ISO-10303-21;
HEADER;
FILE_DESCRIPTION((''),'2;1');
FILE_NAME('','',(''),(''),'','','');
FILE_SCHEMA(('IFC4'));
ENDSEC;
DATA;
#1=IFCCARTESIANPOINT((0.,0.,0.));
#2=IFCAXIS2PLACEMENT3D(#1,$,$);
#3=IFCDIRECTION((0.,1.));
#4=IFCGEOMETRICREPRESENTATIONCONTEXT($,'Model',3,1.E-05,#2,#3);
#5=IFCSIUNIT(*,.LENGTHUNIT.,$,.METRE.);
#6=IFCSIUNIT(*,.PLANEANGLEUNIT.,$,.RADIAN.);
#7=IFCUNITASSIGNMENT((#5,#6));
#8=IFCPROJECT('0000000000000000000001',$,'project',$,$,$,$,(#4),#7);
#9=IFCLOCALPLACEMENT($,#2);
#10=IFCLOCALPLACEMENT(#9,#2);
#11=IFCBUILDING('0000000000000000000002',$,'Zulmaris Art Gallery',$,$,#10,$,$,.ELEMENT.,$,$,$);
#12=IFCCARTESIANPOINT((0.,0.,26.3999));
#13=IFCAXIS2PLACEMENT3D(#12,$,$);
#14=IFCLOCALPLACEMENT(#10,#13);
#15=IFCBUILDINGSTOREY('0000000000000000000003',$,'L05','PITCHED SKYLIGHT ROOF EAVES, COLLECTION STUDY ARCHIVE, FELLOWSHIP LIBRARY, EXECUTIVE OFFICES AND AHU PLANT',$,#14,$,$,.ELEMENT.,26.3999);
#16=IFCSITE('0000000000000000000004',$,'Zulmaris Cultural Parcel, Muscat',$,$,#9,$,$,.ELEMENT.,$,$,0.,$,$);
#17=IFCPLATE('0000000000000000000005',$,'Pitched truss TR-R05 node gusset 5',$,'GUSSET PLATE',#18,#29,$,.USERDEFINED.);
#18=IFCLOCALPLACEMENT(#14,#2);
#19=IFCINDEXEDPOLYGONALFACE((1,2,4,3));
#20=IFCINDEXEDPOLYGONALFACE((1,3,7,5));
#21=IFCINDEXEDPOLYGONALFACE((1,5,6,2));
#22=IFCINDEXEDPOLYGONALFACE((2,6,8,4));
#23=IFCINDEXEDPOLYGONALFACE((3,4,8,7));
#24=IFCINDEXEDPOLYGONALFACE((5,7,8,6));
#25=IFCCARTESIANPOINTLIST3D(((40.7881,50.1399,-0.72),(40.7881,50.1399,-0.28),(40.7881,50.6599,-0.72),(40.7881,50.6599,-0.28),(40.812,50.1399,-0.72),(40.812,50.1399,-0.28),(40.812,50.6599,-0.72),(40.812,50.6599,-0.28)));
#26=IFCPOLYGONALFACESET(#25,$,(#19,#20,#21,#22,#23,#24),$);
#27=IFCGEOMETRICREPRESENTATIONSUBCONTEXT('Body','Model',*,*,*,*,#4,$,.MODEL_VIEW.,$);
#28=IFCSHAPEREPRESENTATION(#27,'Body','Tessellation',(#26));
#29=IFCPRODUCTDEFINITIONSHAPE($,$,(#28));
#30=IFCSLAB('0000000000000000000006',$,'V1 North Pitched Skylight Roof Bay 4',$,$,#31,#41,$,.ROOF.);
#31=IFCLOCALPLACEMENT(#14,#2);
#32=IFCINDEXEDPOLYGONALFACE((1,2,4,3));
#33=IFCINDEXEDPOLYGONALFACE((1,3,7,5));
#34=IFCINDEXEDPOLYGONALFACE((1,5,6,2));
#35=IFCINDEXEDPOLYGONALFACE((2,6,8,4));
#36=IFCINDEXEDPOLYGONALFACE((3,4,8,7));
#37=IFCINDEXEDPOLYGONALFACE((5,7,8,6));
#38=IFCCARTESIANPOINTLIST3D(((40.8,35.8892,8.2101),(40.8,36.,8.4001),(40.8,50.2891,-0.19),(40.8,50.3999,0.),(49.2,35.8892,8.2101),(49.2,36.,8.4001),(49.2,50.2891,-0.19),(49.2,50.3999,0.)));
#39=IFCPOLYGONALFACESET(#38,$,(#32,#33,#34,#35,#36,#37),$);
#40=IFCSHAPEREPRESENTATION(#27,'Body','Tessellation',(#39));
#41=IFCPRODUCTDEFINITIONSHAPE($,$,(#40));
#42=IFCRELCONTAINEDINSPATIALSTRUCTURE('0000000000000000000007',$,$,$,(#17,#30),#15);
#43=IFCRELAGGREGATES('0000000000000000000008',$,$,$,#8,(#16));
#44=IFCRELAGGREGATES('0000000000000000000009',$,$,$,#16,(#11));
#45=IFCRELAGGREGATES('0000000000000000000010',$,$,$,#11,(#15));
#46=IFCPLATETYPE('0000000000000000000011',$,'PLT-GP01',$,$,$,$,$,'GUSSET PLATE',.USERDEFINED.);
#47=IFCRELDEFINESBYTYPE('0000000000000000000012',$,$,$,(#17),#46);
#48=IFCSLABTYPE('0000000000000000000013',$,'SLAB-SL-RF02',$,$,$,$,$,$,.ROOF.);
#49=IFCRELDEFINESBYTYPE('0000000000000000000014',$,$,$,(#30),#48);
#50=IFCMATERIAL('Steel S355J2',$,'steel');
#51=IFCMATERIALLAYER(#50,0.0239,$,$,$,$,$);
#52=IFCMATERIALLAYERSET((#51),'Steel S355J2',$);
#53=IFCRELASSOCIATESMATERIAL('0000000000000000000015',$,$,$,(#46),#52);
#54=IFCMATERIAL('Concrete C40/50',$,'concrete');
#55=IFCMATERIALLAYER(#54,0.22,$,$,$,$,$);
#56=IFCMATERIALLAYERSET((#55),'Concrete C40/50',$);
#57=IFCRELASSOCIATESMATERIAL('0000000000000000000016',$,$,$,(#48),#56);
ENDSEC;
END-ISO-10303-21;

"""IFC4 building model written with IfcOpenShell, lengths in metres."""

from ifc_helpers import new_model, si_unit, direction, frame, origin, origin_2d, place, context, subcontext, project, spatial, polyline, rectangle, outline, extrude, material, layer, layer_set, type_object, element, save


model = new_model("IFC4")

# Units and contexts
model_context = context("Model", 3, precision=1e-05, world=origin(), true_north=direction((0.0, 1.0)))
body_context = subcontext(model_context, "Body", "Model", "MODEL_VIEW")
ifc_project = project(units=[si_unit("LENGTHUNIT", "METRE"), si_unit("PLANEANGLEUNIT", "RADIAN")], contexts=[model_context])

# Site, building, storey
site_placement = place(None, origin())
site = spatial("IfcSite", under=ifc_project, at=site_placement, Name="Zulmaris Cultural Parcel, Muscat", CompositionType="ELEMENT", RefElevation=0.0)
building_placement = place(site_placement, origin())
building = spatial("IfcBuilding", under=site, at=building_placement, Name="Zulmaris Art Gallery", CompositionType="ELEMENT")
storey_placement = place(building_placement, frame((0.0, 0.0, 26.3999)))
storey = spatial("IfcBuildingStorey", under=building, at=storey_placement, Name="L05", Description="PITCHED SKYLIGHT ROOF EAVES, COLLECTION STUDY ARCHIVE, FELLOWSHIP LIBRARY, EXECUTIVE OFFICES AND AHU PLANT", CompositionType="ELEMENT", Elevation=26.3999)

# Shared definitions
ifc_material_1 = material(Name="Steel S355J2", Category="steel")

# Plate
ifc_layer_1 = layer(ifc_material_1, 0.0239)
ifc_layer_set_1 = layer_set([ifc_layer_1], Name="Steel S355J2")
plate_type_1 = type_object("IfcPlateType", Name="PLT-GP01", ElementType="GUSSET PLATE", PredefinedType="USERDEFINED", material=ifc_layer_set_1)
for number, where, z_axis, x_axis, name in (
    (1, (40.8, 50.3999, -0.72), (0.0, 0.0, 1.0), (1.0, 0.0, 0.0), "Pitched truss TR-R05 node gusset 5"),
):
    element("IfcPlate", number, at=place(storey_placement, frame(where, z_axis=z_axis, x_axis=x_axis)), inside=storey, type_object=plate_type_1, Name=name, ObjectType="GUSSET PLATE", PredefinedType="USERDEFINED", context=body_context, shape_type="SweptSolid", body=[
        extrude(rectangle(XDim=0.0239, YDim=0.52, at=origin_2d()), origin(), (0.0, 0.0, 1.0), 0.4399),
    ])

# Slab
ifc_material_2 = material(Name="Concrete C40/50", Category="concrete")
ifc_layer_2 = layer(ifc_material_2, 0.22)
ifc_layer_set_2 = layer_set([ifc_layer_2], Name="Concrete C40/50")
slab_type = type_object("IfcSlabType", Name="SLAB-SL-RF02", PredefinedType="ROOF", material=ifc_layer_set_2)
slab_placement = place(storey_placement, frame((40.8, 36.0, 8.4001), z_axis=(0.0, 0.50388, 0.863774), x_axis=(1.0, 0.0, 0.0)))
element("IfcSlab", 2, at=slab_placement, inside=storey, type_object=slab_type, Name="V1 North Pitched Skylight Roof Bay 4", PredefinedType="ROOF", context=body_context, shape_type="SweptSolid", body=[
    extrude(outline(polyline([(0.0, 0.0), (8.3999, 0.0), (8.3999, 16.6709), (0.0, 16.6709), (0.0, 0.0)])), origin(), (0.0, 0.0, -1.0), 0.22),
])

save(model, "model.ifc")
